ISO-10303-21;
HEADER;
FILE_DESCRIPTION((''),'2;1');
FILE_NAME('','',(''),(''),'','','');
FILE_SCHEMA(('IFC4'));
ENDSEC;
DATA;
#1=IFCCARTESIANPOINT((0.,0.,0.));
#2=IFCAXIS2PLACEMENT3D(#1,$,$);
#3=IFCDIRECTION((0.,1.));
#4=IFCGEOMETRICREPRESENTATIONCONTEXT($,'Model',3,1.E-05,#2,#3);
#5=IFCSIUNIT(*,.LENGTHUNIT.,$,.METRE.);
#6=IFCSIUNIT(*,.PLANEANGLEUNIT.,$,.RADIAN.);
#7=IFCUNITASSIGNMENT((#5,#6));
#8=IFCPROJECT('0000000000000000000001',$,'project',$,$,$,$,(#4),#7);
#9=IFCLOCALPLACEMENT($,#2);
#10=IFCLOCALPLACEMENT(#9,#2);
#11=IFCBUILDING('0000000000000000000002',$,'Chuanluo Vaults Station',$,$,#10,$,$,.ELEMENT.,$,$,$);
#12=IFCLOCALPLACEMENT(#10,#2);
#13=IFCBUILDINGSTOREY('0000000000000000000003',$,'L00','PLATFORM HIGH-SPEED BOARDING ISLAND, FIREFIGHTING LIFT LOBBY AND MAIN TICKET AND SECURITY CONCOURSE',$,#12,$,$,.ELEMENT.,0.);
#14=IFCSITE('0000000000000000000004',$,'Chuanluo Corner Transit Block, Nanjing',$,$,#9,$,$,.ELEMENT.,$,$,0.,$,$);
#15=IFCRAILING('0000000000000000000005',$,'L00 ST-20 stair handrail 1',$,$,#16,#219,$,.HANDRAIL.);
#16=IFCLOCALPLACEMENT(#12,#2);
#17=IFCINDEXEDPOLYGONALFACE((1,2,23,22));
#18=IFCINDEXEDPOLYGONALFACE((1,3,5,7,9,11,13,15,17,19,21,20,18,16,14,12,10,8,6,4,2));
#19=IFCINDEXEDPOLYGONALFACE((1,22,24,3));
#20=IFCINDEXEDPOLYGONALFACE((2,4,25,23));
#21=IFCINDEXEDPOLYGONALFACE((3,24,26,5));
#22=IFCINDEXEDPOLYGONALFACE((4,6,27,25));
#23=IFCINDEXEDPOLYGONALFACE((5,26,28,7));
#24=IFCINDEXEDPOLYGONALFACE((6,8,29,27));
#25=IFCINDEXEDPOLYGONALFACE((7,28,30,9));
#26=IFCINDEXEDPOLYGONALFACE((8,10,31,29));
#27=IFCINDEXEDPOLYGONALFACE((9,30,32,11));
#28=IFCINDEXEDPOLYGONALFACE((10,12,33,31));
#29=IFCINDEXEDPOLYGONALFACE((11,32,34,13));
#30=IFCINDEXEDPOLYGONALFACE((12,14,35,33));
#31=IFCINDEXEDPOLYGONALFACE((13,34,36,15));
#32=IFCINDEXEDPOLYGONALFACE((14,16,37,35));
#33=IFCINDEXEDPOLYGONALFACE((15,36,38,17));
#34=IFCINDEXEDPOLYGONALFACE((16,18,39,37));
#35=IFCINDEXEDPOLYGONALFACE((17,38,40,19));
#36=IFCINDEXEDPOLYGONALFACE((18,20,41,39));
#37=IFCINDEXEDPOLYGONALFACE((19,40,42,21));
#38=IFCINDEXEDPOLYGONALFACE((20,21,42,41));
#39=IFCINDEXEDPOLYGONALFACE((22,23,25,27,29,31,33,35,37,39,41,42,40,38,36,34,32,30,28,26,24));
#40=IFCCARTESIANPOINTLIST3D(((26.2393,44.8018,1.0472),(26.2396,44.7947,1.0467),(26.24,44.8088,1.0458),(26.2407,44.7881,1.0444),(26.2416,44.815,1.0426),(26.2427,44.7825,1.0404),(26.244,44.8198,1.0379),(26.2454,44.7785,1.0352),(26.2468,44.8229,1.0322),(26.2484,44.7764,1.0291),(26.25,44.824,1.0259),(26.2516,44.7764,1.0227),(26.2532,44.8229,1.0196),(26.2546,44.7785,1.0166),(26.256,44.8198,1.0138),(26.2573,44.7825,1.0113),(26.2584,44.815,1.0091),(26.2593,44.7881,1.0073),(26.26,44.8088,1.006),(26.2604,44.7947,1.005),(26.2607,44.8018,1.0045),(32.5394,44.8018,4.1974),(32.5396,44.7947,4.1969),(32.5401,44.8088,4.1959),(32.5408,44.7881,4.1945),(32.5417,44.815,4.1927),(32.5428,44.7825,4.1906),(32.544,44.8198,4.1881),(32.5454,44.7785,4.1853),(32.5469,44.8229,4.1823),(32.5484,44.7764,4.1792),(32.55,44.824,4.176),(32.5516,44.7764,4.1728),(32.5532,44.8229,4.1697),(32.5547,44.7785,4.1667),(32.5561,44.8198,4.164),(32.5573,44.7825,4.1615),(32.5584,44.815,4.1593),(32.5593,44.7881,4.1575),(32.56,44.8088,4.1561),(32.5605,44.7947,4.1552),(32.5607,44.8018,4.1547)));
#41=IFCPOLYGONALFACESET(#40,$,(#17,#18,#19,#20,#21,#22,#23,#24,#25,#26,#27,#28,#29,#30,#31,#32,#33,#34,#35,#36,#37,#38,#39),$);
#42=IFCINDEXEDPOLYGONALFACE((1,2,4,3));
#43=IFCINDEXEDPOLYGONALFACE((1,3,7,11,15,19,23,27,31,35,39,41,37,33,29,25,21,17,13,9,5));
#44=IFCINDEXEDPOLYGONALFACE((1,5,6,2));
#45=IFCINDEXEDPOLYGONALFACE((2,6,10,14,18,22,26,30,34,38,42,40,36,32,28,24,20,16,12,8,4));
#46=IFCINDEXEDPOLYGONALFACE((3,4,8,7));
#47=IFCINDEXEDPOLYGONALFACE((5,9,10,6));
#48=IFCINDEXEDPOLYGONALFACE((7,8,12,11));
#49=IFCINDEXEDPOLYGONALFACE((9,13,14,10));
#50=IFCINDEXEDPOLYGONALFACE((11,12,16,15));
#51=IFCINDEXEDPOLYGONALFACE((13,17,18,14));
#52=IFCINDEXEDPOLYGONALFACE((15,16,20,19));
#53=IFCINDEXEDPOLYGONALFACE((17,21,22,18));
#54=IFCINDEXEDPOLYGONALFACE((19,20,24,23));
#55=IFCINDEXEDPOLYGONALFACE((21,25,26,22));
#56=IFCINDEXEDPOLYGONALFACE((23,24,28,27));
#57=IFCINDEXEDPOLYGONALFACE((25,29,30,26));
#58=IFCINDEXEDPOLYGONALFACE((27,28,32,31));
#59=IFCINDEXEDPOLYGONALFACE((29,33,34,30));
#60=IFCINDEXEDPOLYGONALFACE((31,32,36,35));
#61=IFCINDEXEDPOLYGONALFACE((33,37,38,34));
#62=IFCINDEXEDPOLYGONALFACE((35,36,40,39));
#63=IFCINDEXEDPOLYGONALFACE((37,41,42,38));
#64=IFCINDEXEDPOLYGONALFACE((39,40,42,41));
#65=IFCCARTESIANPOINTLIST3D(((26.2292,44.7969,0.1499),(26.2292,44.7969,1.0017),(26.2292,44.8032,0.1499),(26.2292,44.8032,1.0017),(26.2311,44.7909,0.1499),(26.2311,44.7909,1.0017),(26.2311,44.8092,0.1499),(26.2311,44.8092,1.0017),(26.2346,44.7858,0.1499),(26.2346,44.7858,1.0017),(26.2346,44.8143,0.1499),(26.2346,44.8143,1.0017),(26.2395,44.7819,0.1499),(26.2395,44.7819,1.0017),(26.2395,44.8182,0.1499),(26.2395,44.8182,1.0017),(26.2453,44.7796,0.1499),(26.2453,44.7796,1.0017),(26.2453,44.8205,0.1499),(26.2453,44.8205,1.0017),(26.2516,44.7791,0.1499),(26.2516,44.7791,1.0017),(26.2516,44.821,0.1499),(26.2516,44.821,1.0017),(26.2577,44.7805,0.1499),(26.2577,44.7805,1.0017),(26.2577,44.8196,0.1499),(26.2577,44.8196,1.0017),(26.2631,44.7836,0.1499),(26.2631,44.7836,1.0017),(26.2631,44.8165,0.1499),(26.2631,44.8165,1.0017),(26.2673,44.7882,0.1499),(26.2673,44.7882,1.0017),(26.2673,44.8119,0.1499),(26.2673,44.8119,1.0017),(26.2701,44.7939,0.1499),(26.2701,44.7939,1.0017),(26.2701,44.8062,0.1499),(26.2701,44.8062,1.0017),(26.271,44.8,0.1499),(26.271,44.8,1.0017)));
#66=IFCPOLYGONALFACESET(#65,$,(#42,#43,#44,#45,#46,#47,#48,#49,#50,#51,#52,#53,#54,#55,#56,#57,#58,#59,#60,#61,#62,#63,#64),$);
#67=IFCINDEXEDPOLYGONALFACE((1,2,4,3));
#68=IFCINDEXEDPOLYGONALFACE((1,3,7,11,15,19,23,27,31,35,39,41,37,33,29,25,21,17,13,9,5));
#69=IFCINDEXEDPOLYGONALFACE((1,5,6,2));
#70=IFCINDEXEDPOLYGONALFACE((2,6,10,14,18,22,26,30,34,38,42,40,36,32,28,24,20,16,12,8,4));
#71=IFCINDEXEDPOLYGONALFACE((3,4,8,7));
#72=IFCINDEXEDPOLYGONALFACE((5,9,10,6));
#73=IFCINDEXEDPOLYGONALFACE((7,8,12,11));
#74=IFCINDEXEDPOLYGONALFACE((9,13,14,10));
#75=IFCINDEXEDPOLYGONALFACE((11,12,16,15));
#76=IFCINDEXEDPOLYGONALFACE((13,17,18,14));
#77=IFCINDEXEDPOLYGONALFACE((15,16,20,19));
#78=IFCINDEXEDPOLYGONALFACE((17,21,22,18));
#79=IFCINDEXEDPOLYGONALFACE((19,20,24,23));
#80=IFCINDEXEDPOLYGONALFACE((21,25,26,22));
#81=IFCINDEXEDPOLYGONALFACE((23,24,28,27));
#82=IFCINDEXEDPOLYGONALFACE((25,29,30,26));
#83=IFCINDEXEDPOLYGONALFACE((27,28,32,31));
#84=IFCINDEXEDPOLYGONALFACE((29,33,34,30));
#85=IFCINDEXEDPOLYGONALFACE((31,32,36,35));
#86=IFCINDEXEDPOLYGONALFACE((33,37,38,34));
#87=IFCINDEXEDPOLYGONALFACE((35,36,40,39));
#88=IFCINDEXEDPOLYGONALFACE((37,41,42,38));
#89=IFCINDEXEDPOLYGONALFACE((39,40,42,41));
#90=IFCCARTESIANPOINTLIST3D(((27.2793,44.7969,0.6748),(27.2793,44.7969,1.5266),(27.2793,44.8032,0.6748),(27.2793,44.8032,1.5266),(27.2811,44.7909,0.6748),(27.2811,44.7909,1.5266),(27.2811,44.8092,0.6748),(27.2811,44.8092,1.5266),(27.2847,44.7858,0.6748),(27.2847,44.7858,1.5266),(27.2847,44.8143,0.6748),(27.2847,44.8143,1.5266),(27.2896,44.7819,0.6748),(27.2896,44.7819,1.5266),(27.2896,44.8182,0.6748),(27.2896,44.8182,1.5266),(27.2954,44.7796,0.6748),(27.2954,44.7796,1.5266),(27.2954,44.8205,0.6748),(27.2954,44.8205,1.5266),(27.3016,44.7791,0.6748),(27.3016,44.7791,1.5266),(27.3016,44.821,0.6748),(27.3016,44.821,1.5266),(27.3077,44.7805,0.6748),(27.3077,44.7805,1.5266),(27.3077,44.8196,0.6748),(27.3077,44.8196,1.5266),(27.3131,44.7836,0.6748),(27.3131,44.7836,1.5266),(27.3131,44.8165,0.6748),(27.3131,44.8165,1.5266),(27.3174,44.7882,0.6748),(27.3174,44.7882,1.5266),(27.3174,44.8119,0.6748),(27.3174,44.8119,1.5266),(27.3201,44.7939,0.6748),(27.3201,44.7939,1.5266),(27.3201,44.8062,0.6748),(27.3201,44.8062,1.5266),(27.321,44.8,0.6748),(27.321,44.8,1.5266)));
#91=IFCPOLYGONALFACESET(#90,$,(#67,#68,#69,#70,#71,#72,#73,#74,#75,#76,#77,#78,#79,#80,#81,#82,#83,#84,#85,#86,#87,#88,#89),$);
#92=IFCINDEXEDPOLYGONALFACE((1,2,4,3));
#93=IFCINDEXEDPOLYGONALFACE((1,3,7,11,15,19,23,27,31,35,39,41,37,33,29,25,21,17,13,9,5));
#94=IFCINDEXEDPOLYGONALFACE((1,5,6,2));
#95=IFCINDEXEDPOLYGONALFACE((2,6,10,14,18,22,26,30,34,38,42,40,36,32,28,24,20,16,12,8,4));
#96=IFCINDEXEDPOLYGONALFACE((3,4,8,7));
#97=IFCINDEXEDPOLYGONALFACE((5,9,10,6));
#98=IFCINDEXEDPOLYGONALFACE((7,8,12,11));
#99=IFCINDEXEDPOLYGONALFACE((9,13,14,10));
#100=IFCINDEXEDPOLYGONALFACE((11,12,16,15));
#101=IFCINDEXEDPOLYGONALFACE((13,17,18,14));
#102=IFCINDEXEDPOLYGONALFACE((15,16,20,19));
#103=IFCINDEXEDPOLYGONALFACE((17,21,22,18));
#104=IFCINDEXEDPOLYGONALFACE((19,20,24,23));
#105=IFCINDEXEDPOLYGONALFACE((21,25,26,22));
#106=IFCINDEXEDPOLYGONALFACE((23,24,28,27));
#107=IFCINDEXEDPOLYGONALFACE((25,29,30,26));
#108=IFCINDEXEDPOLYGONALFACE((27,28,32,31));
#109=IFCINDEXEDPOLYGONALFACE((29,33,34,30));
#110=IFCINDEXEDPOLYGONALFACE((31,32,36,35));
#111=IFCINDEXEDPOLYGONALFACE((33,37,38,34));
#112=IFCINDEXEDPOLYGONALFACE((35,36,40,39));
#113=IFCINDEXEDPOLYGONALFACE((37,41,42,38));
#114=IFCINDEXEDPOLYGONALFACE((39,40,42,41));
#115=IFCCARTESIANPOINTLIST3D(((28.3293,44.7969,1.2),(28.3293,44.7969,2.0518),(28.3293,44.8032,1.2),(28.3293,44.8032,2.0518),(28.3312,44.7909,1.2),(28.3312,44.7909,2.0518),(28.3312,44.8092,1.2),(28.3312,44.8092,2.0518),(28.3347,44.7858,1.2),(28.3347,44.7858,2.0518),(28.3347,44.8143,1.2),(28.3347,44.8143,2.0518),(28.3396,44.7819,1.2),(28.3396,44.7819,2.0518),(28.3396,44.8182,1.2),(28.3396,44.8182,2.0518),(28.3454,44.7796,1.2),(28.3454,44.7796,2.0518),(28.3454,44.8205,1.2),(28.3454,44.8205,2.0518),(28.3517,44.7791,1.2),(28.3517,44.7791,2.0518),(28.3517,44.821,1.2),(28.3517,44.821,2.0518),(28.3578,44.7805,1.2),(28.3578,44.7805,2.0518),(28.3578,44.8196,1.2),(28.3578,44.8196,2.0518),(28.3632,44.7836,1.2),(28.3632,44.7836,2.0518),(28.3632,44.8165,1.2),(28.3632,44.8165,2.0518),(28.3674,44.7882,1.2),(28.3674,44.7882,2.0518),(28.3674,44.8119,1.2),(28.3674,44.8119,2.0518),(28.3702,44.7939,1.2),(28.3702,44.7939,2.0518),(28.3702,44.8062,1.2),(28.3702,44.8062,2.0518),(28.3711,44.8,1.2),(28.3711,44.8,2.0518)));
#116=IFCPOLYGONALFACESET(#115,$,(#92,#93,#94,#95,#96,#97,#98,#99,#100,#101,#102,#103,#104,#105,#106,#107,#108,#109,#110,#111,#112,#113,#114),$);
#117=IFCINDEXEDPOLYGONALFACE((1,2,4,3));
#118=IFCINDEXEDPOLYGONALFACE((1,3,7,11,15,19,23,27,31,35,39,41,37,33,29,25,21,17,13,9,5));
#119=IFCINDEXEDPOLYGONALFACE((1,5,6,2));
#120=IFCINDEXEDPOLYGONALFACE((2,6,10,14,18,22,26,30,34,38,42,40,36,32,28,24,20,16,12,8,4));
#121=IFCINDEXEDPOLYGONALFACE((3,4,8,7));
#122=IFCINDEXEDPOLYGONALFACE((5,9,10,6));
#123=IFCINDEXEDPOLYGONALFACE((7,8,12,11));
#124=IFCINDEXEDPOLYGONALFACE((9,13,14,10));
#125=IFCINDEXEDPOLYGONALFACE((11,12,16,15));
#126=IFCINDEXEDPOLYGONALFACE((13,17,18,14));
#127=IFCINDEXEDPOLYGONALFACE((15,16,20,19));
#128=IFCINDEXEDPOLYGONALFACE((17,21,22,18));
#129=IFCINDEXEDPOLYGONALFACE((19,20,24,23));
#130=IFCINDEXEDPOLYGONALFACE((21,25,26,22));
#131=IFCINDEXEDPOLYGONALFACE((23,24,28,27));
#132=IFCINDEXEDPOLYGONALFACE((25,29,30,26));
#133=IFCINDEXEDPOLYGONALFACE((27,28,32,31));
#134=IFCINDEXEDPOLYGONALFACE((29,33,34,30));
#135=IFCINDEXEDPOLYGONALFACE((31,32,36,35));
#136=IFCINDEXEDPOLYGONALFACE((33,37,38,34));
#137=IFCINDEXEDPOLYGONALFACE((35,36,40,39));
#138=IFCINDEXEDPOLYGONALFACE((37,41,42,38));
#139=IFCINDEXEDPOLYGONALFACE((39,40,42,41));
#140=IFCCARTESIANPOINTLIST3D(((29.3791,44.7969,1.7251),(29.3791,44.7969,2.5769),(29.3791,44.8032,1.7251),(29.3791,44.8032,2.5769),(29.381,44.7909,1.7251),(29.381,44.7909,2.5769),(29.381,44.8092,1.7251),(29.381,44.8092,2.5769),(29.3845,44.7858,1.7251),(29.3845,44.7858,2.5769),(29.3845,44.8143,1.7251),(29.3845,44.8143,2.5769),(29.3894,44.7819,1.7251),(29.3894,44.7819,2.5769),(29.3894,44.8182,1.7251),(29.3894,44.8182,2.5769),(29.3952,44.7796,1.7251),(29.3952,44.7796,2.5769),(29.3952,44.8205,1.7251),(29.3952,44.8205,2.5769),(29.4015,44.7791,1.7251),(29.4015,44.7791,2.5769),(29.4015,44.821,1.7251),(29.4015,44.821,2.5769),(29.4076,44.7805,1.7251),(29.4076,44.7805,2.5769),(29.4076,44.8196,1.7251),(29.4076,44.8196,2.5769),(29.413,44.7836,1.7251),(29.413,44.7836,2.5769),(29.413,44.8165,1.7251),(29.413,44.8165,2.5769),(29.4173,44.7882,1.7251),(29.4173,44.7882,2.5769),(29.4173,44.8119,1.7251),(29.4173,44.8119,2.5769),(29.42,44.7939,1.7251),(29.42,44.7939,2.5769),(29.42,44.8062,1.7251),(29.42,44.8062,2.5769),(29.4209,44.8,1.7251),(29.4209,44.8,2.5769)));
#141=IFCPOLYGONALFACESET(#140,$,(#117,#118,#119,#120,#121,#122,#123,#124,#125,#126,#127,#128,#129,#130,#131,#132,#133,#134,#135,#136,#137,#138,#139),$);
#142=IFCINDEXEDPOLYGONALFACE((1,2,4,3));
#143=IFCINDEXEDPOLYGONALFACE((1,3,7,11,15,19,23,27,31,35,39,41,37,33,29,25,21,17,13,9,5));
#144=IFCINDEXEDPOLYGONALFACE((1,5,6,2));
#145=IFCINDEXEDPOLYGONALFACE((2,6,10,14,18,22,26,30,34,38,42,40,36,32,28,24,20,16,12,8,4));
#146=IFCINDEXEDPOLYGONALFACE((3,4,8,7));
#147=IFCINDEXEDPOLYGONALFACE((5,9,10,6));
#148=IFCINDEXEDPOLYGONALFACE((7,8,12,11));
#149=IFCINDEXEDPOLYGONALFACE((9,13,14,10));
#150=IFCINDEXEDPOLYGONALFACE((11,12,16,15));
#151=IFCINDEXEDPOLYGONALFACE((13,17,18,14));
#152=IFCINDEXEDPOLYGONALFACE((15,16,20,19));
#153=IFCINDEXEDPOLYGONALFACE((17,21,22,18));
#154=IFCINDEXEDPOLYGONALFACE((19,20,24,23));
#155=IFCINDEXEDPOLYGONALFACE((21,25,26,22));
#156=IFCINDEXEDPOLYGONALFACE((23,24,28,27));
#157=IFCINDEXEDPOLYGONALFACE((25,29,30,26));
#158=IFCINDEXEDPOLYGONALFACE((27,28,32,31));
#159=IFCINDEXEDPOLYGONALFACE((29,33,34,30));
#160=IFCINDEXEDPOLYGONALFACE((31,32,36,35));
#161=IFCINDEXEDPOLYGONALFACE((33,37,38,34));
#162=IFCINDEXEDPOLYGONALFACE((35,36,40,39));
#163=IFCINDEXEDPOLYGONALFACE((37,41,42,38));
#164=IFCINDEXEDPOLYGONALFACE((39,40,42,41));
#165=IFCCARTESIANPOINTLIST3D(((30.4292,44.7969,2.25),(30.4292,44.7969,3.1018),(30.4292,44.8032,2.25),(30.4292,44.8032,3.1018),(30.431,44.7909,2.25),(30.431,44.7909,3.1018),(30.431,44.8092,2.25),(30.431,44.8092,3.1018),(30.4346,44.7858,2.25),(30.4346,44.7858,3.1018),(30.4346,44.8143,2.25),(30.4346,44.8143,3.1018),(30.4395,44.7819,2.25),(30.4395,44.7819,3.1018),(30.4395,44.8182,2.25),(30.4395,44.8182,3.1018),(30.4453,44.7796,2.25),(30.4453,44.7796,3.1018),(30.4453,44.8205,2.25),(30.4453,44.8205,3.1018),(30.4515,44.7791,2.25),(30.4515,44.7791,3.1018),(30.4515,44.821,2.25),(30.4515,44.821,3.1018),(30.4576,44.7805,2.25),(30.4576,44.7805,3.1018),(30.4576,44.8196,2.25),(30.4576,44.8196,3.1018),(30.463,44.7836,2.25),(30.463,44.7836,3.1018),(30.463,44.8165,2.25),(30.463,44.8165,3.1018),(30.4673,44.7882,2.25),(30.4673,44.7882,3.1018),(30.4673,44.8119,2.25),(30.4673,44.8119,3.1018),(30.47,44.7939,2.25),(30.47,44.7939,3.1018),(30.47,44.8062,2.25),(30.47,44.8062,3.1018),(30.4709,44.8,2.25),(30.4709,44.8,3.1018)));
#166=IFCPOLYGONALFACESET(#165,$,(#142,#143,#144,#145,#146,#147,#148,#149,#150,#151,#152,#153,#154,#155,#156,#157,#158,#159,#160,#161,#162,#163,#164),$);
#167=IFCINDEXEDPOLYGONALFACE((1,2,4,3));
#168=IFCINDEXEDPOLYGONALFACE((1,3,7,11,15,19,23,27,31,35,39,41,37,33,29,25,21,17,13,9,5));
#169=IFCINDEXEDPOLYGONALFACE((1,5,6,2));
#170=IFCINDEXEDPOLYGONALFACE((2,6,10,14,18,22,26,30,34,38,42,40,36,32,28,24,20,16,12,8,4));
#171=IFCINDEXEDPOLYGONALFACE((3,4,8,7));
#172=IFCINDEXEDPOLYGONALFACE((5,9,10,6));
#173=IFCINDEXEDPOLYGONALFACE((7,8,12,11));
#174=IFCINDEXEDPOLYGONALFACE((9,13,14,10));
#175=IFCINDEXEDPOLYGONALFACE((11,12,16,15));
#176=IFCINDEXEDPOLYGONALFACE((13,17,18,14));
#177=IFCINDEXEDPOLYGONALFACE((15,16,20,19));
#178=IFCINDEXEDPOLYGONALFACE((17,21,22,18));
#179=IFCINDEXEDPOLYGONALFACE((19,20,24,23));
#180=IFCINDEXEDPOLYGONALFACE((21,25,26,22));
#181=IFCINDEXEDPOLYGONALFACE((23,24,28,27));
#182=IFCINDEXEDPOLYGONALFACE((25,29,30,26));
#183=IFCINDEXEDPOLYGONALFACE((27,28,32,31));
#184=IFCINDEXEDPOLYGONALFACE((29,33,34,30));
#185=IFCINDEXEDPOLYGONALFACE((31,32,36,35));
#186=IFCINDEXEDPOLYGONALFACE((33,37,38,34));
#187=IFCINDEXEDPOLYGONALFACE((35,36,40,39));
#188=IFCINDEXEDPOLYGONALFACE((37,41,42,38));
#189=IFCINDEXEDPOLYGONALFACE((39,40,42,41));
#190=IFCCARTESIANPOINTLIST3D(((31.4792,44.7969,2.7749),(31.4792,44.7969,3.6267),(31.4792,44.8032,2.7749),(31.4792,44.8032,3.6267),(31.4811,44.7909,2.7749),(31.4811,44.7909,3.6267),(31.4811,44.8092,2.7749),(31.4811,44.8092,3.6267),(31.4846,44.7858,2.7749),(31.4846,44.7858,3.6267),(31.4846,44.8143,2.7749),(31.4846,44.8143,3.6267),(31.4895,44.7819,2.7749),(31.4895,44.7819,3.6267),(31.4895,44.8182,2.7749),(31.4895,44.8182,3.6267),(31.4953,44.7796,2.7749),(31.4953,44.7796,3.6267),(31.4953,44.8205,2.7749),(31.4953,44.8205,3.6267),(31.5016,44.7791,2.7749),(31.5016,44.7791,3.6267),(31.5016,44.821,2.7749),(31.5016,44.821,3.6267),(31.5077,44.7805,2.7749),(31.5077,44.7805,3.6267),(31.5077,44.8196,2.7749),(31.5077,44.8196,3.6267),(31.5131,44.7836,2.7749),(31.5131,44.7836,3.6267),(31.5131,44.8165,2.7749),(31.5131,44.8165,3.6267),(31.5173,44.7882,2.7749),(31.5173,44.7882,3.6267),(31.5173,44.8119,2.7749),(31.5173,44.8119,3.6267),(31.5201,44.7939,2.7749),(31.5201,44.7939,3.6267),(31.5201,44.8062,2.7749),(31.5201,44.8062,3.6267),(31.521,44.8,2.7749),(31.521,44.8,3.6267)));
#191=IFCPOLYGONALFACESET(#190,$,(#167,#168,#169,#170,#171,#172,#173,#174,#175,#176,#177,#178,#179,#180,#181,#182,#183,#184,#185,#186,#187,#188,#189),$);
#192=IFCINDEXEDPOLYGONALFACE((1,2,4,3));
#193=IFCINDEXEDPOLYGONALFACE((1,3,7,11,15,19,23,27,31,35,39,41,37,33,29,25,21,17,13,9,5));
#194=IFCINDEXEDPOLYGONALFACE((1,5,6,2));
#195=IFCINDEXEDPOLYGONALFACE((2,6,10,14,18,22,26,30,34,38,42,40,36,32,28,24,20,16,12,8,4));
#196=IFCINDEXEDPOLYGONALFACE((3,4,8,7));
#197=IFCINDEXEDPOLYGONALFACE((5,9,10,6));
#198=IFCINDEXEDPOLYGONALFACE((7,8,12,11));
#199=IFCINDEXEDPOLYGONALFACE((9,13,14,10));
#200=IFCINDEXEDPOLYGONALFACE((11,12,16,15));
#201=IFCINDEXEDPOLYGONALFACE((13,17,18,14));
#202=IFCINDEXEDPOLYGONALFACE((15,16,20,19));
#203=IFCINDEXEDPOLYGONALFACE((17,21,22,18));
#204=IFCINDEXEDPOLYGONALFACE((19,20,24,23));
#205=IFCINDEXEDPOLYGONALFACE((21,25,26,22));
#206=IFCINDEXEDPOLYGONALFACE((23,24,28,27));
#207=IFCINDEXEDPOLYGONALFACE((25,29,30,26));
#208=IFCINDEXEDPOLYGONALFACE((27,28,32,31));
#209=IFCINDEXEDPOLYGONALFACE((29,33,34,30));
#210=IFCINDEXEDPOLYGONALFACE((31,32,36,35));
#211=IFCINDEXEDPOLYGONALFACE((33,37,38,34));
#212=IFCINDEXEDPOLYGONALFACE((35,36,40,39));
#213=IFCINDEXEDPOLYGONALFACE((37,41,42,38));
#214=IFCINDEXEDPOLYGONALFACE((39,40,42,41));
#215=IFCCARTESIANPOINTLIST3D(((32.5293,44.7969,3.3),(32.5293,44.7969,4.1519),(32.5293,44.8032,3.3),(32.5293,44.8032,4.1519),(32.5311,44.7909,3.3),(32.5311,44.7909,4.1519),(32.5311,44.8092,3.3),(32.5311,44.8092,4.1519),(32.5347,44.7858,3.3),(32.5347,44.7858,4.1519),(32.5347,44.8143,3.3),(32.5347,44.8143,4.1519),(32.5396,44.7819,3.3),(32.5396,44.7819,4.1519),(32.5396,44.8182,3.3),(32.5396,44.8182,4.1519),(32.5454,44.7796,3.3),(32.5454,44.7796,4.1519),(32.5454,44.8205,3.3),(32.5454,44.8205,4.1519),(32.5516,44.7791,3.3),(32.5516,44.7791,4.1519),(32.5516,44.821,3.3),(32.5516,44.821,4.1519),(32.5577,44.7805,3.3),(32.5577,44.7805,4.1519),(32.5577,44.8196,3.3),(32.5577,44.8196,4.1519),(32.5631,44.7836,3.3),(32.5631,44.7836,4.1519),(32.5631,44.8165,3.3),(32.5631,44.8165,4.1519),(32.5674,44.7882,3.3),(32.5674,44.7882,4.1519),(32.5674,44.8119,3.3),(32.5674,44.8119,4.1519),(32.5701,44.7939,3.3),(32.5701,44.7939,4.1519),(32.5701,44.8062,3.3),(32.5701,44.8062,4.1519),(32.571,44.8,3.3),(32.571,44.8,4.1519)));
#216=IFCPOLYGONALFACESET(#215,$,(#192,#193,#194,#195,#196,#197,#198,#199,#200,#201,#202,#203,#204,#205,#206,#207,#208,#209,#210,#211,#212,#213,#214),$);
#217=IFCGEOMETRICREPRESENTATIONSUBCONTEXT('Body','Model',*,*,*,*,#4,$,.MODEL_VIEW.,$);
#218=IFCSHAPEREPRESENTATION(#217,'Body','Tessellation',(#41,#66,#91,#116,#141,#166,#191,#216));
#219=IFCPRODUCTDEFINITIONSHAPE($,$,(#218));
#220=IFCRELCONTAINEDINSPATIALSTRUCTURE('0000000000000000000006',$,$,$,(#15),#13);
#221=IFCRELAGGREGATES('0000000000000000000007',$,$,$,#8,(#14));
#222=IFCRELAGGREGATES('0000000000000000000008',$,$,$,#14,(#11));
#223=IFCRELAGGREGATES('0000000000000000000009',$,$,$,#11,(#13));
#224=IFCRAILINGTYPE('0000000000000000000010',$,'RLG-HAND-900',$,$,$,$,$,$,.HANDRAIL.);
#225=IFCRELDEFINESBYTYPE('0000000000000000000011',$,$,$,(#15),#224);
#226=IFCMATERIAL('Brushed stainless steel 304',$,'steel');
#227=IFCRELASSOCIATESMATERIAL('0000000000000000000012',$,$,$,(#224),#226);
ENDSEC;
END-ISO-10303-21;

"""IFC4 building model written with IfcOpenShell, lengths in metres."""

from ifc_helpers import new_model, si_unit, direction, frame, origin, origin_2d, place, context, subcontext, project, spatial, circle, extrude, material, type_object, element, save


model = new_model("IFC4")

# Units and contexts
model_context = context("Model", 3, precision=1e-05, world=origin(), true_north=direction((0.0, 1.0)))
body_context = subcontext(model_context, "Body", "Model", "MODEL_VIEW")
ifc_project = project(units=[si_unit("LENGTHUNIT", "METRE"), si_unit("PLANEANGLEUNIT", "RADIAN")], contexts=[model_context])

# Site, building, storey
site_placement = place(None, origin())
site = spatial("IfcSite", under=ifc_project, at=site_placement, Name="Chuanluo Corner Transit Block, Nanjing", CompositionType="ELEMENT", RefElevation=0.0)
building_placement = place(site_placement, origin())
building = spatial("IfcBuilding", under=site, at=building_placement, Name="Chuanluo Vaults Station", CompositionType="ELEMENT")
storey_placement = place(building_placement, origin())
storey = spatial("IfcBuildingStorey", under=building, at=storey_placement, Name="L00", Description="PLATFORM HIGH-SPEED BOARDING ISLAND, FIREFIGHTING LIFT LOBBY AND MAIN TICKET AND SECURITY CONCOURSE", CompositionType="ELEMENT", Elevation=0.0)

# Railing
ifc_material_1 = material(Name="Brushed stainless steel 304", Category="steel")
railing_type_1 = type_object("IfcRailingType", Name="RLG-HAND-900", PredefinedType="HANDRAIL", material=ifc_material_1)
railing_placement = place(storey_placement, frame((26.25, 44.8, 0.1499)))
element("IfcRailing", 1, at=railing_placement, inside=storey, type_object=railing_type_1, Name="L00 ST-20 stair handrail 1", PredefinedType="HANDRAIL", context=body_context, shape_type="SweptSolid", body=[
    extrude(circle(Radius=0.0239, at=origin_2d()), frame((0.0, 0.0, 0.876), z_axis=(0.89442, 0.0, 0.447227), x_axis=(0.0, 1.0, 0.0)), (0.0, 0.0, 1.0), 7.0437),
    extrude(circle(Radius=0.021, at=origin_2d()), origin(), (0.0, 0.0, 1.0), 0.8518),
    extrude(circle(Radius=0.021, at=origin_2d()), frame((1.05, 0.0, 0.5249)), (0.0, 0.0, 1.0), 0.8518),
    extrude(circle(Radius=0.021, at=origin_2d()), frame((2.1001, 0.0, 1.05)), (0.0, 0.0, 1.0), 0.8518),
    extrude(circle(Radius=0.021, at=origin_2d()), frame((3.1499, 0.0, 1.5752)), (0.0, 0.0, 1.0), 0.8518),
    extrude(circle(Radius=0.021, at=origin_2d()), frame((4.2, 0.0, 2.1001)), (0.0, 0.0, 1.0), 0.8518),
    extrude(circle(Radius=0.021, at=origin_2d()), frame((5.25, 0.0, 2.625)), (0.0, 0.0, 1.0), 0.8518),
    extrude(circle(Radius=0.021, at=origin_2d()), frame((6.3, 0.0, 3.1501)), (0.0, 0.0, 1.0), 0.8518),
])

save(model, "model.ifc")
